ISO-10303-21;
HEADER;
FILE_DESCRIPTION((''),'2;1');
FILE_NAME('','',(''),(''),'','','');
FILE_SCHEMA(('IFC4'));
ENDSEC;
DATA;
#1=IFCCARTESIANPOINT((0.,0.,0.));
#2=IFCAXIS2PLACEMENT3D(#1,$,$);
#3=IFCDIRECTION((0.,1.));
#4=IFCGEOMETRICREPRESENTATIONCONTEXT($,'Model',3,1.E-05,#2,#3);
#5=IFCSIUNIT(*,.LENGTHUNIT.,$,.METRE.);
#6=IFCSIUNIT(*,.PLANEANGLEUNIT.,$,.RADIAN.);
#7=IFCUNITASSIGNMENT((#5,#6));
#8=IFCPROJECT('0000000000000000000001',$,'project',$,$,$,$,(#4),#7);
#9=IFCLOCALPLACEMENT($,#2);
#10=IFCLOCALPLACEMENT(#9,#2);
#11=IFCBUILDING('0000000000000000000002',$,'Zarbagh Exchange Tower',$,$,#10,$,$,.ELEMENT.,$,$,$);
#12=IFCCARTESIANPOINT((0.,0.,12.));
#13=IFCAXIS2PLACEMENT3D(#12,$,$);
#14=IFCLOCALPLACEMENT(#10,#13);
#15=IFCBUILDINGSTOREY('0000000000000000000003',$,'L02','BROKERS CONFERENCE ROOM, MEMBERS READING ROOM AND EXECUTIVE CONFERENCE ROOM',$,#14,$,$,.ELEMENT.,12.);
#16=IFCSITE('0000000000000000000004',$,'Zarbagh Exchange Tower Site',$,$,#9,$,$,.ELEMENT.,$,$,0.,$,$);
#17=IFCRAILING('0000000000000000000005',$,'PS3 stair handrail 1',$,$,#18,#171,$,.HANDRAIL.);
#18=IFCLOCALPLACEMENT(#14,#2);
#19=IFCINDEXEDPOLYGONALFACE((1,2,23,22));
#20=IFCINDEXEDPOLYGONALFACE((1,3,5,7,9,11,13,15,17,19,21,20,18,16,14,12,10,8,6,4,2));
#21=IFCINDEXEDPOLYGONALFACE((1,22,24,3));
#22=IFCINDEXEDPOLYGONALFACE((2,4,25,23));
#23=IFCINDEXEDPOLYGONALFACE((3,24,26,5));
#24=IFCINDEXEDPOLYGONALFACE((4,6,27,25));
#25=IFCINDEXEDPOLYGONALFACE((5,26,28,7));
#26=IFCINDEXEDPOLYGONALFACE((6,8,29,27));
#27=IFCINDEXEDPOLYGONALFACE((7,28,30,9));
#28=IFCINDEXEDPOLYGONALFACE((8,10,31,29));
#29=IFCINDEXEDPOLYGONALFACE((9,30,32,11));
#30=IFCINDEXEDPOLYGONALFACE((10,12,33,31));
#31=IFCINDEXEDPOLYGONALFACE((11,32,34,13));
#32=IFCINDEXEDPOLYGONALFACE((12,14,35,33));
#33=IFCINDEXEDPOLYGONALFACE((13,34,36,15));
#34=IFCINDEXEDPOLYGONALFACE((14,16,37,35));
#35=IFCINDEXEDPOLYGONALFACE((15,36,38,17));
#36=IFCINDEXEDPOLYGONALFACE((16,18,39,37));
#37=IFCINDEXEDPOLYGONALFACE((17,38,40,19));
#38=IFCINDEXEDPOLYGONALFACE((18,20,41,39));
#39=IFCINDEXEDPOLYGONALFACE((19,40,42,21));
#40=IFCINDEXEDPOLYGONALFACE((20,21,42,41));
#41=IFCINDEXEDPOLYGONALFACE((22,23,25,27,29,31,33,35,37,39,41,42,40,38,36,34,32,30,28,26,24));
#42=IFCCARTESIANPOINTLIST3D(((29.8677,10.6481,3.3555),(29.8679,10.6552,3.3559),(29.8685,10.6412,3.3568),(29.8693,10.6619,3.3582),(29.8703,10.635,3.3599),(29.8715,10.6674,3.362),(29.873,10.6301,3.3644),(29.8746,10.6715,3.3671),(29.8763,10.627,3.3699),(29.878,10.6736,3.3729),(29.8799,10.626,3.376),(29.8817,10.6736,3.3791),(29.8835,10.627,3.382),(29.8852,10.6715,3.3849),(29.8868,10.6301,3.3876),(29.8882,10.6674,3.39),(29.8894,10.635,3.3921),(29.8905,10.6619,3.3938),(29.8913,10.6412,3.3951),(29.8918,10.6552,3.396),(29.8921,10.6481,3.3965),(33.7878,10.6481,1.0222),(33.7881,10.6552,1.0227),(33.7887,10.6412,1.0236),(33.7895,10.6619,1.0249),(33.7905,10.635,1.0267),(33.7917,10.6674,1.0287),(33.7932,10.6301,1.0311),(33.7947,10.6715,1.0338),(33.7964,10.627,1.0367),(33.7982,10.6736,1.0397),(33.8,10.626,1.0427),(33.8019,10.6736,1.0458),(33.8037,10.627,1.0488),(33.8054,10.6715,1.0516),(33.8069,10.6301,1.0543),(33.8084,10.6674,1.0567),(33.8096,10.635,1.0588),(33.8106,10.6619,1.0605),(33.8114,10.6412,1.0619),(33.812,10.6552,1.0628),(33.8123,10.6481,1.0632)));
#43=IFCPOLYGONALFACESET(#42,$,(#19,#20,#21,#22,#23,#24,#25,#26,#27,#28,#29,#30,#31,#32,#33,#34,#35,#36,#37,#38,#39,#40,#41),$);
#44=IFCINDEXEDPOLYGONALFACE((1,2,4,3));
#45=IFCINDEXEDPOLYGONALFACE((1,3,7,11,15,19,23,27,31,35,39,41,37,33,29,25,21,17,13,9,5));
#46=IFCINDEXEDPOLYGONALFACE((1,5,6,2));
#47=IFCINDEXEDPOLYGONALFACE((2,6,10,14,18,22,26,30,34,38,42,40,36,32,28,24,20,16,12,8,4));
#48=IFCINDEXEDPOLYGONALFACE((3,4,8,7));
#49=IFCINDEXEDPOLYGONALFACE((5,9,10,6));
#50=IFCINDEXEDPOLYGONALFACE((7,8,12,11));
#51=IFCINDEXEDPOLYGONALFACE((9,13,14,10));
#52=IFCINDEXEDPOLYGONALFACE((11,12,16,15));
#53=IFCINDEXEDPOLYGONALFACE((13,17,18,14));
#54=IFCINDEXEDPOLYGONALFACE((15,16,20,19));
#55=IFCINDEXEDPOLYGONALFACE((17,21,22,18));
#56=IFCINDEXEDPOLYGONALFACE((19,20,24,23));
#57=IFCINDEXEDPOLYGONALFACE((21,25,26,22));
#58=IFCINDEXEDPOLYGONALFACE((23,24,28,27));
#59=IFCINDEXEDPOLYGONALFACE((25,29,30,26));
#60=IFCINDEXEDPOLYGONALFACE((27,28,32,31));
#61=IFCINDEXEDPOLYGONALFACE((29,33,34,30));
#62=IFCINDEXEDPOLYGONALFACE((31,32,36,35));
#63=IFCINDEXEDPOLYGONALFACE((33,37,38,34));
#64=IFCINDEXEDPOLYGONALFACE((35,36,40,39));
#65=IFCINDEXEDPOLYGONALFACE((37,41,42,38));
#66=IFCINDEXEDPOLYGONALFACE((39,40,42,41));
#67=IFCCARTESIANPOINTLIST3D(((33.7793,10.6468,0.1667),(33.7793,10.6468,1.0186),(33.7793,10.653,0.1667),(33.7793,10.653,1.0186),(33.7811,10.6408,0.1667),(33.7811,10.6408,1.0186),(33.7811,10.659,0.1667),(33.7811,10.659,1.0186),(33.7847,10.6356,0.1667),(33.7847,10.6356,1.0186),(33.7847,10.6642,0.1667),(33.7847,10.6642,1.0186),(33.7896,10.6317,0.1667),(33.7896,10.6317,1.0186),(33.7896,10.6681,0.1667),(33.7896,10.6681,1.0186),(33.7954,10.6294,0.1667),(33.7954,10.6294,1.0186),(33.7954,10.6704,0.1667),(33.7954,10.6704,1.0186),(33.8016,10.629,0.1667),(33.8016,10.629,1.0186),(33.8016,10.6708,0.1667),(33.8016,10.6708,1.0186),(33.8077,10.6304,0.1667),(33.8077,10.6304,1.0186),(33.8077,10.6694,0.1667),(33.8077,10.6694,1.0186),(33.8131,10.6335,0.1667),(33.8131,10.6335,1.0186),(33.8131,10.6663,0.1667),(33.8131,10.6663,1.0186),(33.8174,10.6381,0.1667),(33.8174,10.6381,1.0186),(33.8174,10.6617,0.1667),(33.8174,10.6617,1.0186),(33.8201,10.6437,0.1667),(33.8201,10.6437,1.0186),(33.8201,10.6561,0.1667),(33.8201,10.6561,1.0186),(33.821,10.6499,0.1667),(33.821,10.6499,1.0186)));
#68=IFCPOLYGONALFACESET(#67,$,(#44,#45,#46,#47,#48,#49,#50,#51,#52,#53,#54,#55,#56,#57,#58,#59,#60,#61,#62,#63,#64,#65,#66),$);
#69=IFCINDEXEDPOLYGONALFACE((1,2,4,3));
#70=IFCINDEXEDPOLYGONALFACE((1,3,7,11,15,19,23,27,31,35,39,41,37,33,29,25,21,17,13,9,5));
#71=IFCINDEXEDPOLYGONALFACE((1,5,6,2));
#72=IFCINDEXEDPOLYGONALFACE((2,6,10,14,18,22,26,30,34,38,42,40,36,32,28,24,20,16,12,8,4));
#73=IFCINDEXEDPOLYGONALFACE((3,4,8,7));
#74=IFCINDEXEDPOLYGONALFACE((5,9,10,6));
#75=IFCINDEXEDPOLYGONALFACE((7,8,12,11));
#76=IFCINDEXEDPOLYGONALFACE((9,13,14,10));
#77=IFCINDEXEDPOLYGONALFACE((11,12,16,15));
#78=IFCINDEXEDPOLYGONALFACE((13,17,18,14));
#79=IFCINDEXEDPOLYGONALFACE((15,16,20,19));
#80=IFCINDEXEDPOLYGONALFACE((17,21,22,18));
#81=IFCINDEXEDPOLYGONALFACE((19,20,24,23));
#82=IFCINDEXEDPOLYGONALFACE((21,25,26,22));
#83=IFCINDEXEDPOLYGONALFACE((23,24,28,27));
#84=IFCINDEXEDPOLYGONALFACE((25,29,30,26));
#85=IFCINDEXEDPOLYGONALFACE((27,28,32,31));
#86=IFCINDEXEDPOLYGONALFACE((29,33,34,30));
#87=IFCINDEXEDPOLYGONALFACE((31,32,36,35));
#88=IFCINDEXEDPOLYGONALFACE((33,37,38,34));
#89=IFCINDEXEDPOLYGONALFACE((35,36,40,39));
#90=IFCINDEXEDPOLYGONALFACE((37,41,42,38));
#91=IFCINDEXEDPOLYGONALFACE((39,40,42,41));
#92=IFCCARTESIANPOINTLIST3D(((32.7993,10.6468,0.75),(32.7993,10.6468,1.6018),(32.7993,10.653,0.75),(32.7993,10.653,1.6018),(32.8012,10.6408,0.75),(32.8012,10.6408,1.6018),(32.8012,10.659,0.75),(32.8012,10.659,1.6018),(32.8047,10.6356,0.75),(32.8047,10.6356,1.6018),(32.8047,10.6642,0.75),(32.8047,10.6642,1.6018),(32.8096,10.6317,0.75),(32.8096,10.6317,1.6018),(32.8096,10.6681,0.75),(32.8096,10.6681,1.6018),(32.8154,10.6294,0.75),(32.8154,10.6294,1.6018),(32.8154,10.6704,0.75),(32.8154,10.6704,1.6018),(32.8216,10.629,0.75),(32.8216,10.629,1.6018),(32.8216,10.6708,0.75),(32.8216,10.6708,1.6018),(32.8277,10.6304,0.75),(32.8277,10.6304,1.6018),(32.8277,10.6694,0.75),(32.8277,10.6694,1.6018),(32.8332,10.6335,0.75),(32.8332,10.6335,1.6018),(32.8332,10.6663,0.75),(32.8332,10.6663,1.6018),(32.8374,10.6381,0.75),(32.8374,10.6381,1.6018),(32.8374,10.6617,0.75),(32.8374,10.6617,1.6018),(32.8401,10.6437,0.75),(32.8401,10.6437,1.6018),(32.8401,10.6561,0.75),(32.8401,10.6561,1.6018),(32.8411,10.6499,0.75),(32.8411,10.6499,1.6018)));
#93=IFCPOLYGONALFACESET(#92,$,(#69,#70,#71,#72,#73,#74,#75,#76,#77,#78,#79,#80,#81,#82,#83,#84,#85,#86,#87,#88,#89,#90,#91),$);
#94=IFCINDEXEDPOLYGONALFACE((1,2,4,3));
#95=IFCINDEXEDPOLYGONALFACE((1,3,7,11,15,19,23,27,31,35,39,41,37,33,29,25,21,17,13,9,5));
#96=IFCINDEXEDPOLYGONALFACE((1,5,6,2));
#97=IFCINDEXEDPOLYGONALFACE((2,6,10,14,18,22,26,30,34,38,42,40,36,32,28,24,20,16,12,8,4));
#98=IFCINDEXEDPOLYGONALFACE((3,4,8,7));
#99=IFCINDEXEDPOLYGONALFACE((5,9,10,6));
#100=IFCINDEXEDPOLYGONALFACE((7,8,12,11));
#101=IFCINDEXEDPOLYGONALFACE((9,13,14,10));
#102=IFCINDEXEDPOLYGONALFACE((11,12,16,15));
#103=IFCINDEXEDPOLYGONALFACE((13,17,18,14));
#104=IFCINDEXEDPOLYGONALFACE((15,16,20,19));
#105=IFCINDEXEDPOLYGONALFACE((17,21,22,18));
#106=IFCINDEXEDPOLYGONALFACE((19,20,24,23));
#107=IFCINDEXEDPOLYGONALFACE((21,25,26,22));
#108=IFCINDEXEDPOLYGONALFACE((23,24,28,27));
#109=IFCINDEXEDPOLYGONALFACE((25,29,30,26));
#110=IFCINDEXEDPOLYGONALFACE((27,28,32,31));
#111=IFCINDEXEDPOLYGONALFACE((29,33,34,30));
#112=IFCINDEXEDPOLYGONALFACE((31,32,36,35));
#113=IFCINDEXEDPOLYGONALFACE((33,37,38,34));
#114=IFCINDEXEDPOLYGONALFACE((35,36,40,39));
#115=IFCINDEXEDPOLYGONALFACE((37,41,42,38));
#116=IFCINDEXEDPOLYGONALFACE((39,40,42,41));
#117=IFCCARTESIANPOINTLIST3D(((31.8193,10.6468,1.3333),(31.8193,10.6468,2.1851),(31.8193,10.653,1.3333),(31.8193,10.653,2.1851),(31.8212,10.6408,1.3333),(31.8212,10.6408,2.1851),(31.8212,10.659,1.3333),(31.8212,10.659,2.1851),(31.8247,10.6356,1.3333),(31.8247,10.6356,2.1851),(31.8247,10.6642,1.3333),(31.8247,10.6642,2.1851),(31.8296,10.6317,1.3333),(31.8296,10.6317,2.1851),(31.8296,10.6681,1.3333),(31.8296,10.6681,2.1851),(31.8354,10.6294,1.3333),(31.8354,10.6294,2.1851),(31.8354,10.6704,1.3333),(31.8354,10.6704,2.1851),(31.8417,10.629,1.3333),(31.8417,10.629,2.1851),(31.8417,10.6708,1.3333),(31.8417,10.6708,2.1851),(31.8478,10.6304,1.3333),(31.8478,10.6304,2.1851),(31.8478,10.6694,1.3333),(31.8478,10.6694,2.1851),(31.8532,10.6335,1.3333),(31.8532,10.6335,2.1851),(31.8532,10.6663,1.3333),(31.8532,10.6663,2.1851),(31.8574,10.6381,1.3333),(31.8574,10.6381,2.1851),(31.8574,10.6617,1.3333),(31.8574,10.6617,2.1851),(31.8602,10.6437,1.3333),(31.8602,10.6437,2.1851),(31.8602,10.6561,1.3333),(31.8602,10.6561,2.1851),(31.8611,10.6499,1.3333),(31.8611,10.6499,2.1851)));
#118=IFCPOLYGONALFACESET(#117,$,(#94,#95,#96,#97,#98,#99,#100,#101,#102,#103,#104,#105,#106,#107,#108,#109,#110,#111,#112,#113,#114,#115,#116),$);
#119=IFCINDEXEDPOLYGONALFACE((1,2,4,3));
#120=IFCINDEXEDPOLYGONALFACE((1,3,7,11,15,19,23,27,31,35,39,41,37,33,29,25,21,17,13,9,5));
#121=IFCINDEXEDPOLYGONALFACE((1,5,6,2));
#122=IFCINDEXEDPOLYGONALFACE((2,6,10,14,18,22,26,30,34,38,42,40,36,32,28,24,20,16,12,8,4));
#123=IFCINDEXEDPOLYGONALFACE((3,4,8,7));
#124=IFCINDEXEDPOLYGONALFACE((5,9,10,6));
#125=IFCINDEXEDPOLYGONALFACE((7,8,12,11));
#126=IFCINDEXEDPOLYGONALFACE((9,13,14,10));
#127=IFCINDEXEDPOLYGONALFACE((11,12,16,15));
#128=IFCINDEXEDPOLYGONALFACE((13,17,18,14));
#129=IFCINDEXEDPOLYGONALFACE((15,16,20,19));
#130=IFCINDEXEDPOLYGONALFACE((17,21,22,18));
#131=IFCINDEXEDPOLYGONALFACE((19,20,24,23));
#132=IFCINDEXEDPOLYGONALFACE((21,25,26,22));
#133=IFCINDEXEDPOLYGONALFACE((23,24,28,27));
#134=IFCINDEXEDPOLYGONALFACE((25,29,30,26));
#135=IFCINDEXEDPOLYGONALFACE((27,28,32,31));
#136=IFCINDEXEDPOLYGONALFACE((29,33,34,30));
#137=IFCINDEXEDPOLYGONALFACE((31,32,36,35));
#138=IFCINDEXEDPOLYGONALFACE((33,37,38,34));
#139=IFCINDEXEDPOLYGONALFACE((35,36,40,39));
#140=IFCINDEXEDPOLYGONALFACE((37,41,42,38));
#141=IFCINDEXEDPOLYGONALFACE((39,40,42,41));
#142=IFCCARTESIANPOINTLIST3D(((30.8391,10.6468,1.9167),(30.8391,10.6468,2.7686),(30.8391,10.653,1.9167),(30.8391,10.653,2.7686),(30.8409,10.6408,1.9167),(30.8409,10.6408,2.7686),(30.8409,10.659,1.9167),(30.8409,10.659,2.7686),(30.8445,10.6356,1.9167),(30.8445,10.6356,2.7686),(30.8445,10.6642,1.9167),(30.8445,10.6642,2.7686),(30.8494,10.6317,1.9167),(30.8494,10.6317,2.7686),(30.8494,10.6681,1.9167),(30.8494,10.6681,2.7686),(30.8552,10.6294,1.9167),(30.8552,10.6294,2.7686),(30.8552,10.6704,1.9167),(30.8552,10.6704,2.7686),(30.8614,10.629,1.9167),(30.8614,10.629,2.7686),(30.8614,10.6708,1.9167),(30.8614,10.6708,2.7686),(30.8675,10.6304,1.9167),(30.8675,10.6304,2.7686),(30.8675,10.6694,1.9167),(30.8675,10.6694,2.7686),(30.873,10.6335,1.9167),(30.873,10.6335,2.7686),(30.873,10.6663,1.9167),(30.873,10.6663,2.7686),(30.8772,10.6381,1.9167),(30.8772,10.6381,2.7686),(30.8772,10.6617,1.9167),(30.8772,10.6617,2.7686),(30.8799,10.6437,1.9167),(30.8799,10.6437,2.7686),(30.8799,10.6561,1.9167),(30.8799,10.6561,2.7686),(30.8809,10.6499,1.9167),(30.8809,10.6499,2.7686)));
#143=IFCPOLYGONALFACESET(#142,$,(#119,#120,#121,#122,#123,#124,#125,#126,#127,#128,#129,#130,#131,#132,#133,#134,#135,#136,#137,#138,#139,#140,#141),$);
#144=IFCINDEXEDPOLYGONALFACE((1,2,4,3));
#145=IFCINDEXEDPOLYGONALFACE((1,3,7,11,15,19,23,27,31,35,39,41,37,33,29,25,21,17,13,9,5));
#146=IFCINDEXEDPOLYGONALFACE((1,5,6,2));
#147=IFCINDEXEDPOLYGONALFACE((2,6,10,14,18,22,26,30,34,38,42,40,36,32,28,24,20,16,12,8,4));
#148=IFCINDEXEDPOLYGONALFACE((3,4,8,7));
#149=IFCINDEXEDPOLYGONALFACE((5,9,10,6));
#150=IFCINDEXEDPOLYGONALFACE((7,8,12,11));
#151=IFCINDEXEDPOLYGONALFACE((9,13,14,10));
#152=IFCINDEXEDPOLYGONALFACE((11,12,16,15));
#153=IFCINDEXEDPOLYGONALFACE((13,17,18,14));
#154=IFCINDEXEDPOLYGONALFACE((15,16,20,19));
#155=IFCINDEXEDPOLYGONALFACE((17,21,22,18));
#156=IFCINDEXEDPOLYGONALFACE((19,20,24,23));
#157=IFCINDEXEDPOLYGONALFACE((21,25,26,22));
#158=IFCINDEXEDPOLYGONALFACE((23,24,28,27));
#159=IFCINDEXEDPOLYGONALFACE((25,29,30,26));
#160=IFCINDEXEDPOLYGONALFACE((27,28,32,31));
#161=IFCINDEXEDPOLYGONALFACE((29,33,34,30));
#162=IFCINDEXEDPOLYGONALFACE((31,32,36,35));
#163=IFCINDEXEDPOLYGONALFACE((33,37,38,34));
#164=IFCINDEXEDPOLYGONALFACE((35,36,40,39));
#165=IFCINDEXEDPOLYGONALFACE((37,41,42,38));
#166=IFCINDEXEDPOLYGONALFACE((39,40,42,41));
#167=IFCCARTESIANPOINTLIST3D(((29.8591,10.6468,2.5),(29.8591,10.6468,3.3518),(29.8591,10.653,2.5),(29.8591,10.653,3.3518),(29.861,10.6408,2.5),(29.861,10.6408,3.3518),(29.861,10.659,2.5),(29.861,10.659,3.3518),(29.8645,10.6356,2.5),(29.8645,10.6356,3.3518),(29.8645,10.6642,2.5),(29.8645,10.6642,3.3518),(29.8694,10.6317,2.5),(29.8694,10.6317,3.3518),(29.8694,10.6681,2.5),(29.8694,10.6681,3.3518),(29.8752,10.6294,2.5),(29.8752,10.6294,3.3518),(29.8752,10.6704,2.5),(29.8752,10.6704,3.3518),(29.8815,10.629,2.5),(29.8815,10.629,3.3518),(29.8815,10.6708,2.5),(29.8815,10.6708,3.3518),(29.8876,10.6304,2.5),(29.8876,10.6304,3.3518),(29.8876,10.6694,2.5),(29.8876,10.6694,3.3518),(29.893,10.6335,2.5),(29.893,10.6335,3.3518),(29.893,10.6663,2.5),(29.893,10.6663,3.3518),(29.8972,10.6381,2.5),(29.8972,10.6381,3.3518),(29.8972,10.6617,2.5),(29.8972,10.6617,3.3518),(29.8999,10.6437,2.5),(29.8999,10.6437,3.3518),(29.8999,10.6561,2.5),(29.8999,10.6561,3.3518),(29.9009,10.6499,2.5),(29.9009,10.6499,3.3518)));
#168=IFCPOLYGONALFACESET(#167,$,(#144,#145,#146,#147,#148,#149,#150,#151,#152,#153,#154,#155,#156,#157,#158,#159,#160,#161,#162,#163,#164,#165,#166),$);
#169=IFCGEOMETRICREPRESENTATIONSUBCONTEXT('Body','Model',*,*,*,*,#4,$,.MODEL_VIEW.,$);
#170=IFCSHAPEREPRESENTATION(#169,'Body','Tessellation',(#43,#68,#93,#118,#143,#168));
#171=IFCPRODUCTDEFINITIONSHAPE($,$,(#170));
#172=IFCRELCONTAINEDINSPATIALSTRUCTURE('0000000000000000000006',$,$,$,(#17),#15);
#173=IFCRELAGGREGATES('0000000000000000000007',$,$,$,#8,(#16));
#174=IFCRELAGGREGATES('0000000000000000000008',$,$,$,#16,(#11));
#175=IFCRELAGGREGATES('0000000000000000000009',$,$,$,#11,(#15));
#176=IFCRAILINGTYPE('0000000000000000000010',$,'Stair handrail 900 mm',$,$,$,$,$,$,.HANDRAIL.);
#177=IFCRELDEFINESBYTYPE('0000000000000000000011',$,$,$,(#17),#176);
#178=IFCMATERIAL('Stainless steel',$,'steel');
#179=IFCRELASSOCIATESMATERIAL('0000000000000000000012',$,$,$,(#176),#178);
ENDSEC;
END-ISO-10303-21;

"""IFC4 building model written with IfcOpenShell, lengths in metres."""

from ifc_helpers import new_model, si_unit, direction, frame, origin, origin_2d, place, context, subcontext, project, spatial, circle, extrude, material, type_object, element, save


model = new_model("IFC4")

# Units and contexts
model_context = context("Model", 3, precision=1e-05, world=origin(), true_north=direction((0.0, 1.0)))
body_context = subcontext(model_context, "Body", "Model", "MODEL_VIEW")
ifc_project = project(units=[si_unit("LENGTHUNIT", "METRE"), si_unit("PLANEANGLEUNIT", "RADIAN")], contexts=[model_context])

# Site, building, storey
site_placement = place(None, origin())
site = spatial("IfcSite", under=ifc_project, at=site_placement, Name="Zarbagh Exchange Tower Site", CompositionType="ELEMENT", RefElevation=0.0)
building_placement = place(site_placement, origin())
building = spatial("IfcBuilding", under=site, at=building_placement, Name="Zarbagh Exchange Tower", CompositionType="ELEMENT")
storey_placement = place(building_placement, frame((0.0, 0.0, 12.0)))
storey = spatial("IfcBuildingStorey", under=building, at=storey_placement, Name="L02", Description="BROKERS CONFERENCE ROOM, MEMBERS READING ROOM AND EXECUTIVE CONFERENCE ROOM", CompositionType="ELEMENT", Elevation=12.0)

# Railing
ifc_material_1 = material(Name="Stainless steel", Category="steel")
railing_type_1 = type_object("IfcRailingType", Name="Stair handrail 900 mm", PredefinedType="HANDRAIL", material=ifc_material_1)
railing_1_placement = place(storey_placement, frame((33.8, 10.6499, 0.1667)))
element("IfcRailing", 1, at=railing_1_placement, inside=storey, type_object=railing_type_1, Name="PS3 stair handrail 1", PredefinedType="HANDRAIL", context=body_context, shape_type="SweptSolid", body=[
    extrude(circle(Radius=0.0239, at=origin_2d()), frame((0.0, 0.0, 0.876), z_axis=(-0.85931, 0.0, 0.511455), x_axis=(0.0, -1.0, 0.0)), (0.0, 0.0, 1.0), 4.562),
    extrude(circle(Radius=0.021, at=origin_2d()), origin(), (0.0, 0.0, 1.0), 0.8518),
    extrude(circle(Radius=0.021, at=origin_2d()), frame((-0.98, 0.0, 0.5833)), (0.0, 0.0, 1.0), 0.8518),
    extrude(circle(Radius=0.021, at=origin_2d()), frame((-1.96, 0.0, 1.1665)), (0.0, 0.0, 1.0), 0.8518),
    extrude(circle(Radius=0.021, at=origin_2d()), frame((-2.9402, 0.0, 1.75)), (0.0, 0.0, 1.0), 0.8518),
    extrude(circle(Radius=0.021, at=origin_2d()), frame((-3.9202, 0.0, 2.3333)), (0.0, 0.0, 1.0), 0.8518),
])

save(model, "model.ifc")
